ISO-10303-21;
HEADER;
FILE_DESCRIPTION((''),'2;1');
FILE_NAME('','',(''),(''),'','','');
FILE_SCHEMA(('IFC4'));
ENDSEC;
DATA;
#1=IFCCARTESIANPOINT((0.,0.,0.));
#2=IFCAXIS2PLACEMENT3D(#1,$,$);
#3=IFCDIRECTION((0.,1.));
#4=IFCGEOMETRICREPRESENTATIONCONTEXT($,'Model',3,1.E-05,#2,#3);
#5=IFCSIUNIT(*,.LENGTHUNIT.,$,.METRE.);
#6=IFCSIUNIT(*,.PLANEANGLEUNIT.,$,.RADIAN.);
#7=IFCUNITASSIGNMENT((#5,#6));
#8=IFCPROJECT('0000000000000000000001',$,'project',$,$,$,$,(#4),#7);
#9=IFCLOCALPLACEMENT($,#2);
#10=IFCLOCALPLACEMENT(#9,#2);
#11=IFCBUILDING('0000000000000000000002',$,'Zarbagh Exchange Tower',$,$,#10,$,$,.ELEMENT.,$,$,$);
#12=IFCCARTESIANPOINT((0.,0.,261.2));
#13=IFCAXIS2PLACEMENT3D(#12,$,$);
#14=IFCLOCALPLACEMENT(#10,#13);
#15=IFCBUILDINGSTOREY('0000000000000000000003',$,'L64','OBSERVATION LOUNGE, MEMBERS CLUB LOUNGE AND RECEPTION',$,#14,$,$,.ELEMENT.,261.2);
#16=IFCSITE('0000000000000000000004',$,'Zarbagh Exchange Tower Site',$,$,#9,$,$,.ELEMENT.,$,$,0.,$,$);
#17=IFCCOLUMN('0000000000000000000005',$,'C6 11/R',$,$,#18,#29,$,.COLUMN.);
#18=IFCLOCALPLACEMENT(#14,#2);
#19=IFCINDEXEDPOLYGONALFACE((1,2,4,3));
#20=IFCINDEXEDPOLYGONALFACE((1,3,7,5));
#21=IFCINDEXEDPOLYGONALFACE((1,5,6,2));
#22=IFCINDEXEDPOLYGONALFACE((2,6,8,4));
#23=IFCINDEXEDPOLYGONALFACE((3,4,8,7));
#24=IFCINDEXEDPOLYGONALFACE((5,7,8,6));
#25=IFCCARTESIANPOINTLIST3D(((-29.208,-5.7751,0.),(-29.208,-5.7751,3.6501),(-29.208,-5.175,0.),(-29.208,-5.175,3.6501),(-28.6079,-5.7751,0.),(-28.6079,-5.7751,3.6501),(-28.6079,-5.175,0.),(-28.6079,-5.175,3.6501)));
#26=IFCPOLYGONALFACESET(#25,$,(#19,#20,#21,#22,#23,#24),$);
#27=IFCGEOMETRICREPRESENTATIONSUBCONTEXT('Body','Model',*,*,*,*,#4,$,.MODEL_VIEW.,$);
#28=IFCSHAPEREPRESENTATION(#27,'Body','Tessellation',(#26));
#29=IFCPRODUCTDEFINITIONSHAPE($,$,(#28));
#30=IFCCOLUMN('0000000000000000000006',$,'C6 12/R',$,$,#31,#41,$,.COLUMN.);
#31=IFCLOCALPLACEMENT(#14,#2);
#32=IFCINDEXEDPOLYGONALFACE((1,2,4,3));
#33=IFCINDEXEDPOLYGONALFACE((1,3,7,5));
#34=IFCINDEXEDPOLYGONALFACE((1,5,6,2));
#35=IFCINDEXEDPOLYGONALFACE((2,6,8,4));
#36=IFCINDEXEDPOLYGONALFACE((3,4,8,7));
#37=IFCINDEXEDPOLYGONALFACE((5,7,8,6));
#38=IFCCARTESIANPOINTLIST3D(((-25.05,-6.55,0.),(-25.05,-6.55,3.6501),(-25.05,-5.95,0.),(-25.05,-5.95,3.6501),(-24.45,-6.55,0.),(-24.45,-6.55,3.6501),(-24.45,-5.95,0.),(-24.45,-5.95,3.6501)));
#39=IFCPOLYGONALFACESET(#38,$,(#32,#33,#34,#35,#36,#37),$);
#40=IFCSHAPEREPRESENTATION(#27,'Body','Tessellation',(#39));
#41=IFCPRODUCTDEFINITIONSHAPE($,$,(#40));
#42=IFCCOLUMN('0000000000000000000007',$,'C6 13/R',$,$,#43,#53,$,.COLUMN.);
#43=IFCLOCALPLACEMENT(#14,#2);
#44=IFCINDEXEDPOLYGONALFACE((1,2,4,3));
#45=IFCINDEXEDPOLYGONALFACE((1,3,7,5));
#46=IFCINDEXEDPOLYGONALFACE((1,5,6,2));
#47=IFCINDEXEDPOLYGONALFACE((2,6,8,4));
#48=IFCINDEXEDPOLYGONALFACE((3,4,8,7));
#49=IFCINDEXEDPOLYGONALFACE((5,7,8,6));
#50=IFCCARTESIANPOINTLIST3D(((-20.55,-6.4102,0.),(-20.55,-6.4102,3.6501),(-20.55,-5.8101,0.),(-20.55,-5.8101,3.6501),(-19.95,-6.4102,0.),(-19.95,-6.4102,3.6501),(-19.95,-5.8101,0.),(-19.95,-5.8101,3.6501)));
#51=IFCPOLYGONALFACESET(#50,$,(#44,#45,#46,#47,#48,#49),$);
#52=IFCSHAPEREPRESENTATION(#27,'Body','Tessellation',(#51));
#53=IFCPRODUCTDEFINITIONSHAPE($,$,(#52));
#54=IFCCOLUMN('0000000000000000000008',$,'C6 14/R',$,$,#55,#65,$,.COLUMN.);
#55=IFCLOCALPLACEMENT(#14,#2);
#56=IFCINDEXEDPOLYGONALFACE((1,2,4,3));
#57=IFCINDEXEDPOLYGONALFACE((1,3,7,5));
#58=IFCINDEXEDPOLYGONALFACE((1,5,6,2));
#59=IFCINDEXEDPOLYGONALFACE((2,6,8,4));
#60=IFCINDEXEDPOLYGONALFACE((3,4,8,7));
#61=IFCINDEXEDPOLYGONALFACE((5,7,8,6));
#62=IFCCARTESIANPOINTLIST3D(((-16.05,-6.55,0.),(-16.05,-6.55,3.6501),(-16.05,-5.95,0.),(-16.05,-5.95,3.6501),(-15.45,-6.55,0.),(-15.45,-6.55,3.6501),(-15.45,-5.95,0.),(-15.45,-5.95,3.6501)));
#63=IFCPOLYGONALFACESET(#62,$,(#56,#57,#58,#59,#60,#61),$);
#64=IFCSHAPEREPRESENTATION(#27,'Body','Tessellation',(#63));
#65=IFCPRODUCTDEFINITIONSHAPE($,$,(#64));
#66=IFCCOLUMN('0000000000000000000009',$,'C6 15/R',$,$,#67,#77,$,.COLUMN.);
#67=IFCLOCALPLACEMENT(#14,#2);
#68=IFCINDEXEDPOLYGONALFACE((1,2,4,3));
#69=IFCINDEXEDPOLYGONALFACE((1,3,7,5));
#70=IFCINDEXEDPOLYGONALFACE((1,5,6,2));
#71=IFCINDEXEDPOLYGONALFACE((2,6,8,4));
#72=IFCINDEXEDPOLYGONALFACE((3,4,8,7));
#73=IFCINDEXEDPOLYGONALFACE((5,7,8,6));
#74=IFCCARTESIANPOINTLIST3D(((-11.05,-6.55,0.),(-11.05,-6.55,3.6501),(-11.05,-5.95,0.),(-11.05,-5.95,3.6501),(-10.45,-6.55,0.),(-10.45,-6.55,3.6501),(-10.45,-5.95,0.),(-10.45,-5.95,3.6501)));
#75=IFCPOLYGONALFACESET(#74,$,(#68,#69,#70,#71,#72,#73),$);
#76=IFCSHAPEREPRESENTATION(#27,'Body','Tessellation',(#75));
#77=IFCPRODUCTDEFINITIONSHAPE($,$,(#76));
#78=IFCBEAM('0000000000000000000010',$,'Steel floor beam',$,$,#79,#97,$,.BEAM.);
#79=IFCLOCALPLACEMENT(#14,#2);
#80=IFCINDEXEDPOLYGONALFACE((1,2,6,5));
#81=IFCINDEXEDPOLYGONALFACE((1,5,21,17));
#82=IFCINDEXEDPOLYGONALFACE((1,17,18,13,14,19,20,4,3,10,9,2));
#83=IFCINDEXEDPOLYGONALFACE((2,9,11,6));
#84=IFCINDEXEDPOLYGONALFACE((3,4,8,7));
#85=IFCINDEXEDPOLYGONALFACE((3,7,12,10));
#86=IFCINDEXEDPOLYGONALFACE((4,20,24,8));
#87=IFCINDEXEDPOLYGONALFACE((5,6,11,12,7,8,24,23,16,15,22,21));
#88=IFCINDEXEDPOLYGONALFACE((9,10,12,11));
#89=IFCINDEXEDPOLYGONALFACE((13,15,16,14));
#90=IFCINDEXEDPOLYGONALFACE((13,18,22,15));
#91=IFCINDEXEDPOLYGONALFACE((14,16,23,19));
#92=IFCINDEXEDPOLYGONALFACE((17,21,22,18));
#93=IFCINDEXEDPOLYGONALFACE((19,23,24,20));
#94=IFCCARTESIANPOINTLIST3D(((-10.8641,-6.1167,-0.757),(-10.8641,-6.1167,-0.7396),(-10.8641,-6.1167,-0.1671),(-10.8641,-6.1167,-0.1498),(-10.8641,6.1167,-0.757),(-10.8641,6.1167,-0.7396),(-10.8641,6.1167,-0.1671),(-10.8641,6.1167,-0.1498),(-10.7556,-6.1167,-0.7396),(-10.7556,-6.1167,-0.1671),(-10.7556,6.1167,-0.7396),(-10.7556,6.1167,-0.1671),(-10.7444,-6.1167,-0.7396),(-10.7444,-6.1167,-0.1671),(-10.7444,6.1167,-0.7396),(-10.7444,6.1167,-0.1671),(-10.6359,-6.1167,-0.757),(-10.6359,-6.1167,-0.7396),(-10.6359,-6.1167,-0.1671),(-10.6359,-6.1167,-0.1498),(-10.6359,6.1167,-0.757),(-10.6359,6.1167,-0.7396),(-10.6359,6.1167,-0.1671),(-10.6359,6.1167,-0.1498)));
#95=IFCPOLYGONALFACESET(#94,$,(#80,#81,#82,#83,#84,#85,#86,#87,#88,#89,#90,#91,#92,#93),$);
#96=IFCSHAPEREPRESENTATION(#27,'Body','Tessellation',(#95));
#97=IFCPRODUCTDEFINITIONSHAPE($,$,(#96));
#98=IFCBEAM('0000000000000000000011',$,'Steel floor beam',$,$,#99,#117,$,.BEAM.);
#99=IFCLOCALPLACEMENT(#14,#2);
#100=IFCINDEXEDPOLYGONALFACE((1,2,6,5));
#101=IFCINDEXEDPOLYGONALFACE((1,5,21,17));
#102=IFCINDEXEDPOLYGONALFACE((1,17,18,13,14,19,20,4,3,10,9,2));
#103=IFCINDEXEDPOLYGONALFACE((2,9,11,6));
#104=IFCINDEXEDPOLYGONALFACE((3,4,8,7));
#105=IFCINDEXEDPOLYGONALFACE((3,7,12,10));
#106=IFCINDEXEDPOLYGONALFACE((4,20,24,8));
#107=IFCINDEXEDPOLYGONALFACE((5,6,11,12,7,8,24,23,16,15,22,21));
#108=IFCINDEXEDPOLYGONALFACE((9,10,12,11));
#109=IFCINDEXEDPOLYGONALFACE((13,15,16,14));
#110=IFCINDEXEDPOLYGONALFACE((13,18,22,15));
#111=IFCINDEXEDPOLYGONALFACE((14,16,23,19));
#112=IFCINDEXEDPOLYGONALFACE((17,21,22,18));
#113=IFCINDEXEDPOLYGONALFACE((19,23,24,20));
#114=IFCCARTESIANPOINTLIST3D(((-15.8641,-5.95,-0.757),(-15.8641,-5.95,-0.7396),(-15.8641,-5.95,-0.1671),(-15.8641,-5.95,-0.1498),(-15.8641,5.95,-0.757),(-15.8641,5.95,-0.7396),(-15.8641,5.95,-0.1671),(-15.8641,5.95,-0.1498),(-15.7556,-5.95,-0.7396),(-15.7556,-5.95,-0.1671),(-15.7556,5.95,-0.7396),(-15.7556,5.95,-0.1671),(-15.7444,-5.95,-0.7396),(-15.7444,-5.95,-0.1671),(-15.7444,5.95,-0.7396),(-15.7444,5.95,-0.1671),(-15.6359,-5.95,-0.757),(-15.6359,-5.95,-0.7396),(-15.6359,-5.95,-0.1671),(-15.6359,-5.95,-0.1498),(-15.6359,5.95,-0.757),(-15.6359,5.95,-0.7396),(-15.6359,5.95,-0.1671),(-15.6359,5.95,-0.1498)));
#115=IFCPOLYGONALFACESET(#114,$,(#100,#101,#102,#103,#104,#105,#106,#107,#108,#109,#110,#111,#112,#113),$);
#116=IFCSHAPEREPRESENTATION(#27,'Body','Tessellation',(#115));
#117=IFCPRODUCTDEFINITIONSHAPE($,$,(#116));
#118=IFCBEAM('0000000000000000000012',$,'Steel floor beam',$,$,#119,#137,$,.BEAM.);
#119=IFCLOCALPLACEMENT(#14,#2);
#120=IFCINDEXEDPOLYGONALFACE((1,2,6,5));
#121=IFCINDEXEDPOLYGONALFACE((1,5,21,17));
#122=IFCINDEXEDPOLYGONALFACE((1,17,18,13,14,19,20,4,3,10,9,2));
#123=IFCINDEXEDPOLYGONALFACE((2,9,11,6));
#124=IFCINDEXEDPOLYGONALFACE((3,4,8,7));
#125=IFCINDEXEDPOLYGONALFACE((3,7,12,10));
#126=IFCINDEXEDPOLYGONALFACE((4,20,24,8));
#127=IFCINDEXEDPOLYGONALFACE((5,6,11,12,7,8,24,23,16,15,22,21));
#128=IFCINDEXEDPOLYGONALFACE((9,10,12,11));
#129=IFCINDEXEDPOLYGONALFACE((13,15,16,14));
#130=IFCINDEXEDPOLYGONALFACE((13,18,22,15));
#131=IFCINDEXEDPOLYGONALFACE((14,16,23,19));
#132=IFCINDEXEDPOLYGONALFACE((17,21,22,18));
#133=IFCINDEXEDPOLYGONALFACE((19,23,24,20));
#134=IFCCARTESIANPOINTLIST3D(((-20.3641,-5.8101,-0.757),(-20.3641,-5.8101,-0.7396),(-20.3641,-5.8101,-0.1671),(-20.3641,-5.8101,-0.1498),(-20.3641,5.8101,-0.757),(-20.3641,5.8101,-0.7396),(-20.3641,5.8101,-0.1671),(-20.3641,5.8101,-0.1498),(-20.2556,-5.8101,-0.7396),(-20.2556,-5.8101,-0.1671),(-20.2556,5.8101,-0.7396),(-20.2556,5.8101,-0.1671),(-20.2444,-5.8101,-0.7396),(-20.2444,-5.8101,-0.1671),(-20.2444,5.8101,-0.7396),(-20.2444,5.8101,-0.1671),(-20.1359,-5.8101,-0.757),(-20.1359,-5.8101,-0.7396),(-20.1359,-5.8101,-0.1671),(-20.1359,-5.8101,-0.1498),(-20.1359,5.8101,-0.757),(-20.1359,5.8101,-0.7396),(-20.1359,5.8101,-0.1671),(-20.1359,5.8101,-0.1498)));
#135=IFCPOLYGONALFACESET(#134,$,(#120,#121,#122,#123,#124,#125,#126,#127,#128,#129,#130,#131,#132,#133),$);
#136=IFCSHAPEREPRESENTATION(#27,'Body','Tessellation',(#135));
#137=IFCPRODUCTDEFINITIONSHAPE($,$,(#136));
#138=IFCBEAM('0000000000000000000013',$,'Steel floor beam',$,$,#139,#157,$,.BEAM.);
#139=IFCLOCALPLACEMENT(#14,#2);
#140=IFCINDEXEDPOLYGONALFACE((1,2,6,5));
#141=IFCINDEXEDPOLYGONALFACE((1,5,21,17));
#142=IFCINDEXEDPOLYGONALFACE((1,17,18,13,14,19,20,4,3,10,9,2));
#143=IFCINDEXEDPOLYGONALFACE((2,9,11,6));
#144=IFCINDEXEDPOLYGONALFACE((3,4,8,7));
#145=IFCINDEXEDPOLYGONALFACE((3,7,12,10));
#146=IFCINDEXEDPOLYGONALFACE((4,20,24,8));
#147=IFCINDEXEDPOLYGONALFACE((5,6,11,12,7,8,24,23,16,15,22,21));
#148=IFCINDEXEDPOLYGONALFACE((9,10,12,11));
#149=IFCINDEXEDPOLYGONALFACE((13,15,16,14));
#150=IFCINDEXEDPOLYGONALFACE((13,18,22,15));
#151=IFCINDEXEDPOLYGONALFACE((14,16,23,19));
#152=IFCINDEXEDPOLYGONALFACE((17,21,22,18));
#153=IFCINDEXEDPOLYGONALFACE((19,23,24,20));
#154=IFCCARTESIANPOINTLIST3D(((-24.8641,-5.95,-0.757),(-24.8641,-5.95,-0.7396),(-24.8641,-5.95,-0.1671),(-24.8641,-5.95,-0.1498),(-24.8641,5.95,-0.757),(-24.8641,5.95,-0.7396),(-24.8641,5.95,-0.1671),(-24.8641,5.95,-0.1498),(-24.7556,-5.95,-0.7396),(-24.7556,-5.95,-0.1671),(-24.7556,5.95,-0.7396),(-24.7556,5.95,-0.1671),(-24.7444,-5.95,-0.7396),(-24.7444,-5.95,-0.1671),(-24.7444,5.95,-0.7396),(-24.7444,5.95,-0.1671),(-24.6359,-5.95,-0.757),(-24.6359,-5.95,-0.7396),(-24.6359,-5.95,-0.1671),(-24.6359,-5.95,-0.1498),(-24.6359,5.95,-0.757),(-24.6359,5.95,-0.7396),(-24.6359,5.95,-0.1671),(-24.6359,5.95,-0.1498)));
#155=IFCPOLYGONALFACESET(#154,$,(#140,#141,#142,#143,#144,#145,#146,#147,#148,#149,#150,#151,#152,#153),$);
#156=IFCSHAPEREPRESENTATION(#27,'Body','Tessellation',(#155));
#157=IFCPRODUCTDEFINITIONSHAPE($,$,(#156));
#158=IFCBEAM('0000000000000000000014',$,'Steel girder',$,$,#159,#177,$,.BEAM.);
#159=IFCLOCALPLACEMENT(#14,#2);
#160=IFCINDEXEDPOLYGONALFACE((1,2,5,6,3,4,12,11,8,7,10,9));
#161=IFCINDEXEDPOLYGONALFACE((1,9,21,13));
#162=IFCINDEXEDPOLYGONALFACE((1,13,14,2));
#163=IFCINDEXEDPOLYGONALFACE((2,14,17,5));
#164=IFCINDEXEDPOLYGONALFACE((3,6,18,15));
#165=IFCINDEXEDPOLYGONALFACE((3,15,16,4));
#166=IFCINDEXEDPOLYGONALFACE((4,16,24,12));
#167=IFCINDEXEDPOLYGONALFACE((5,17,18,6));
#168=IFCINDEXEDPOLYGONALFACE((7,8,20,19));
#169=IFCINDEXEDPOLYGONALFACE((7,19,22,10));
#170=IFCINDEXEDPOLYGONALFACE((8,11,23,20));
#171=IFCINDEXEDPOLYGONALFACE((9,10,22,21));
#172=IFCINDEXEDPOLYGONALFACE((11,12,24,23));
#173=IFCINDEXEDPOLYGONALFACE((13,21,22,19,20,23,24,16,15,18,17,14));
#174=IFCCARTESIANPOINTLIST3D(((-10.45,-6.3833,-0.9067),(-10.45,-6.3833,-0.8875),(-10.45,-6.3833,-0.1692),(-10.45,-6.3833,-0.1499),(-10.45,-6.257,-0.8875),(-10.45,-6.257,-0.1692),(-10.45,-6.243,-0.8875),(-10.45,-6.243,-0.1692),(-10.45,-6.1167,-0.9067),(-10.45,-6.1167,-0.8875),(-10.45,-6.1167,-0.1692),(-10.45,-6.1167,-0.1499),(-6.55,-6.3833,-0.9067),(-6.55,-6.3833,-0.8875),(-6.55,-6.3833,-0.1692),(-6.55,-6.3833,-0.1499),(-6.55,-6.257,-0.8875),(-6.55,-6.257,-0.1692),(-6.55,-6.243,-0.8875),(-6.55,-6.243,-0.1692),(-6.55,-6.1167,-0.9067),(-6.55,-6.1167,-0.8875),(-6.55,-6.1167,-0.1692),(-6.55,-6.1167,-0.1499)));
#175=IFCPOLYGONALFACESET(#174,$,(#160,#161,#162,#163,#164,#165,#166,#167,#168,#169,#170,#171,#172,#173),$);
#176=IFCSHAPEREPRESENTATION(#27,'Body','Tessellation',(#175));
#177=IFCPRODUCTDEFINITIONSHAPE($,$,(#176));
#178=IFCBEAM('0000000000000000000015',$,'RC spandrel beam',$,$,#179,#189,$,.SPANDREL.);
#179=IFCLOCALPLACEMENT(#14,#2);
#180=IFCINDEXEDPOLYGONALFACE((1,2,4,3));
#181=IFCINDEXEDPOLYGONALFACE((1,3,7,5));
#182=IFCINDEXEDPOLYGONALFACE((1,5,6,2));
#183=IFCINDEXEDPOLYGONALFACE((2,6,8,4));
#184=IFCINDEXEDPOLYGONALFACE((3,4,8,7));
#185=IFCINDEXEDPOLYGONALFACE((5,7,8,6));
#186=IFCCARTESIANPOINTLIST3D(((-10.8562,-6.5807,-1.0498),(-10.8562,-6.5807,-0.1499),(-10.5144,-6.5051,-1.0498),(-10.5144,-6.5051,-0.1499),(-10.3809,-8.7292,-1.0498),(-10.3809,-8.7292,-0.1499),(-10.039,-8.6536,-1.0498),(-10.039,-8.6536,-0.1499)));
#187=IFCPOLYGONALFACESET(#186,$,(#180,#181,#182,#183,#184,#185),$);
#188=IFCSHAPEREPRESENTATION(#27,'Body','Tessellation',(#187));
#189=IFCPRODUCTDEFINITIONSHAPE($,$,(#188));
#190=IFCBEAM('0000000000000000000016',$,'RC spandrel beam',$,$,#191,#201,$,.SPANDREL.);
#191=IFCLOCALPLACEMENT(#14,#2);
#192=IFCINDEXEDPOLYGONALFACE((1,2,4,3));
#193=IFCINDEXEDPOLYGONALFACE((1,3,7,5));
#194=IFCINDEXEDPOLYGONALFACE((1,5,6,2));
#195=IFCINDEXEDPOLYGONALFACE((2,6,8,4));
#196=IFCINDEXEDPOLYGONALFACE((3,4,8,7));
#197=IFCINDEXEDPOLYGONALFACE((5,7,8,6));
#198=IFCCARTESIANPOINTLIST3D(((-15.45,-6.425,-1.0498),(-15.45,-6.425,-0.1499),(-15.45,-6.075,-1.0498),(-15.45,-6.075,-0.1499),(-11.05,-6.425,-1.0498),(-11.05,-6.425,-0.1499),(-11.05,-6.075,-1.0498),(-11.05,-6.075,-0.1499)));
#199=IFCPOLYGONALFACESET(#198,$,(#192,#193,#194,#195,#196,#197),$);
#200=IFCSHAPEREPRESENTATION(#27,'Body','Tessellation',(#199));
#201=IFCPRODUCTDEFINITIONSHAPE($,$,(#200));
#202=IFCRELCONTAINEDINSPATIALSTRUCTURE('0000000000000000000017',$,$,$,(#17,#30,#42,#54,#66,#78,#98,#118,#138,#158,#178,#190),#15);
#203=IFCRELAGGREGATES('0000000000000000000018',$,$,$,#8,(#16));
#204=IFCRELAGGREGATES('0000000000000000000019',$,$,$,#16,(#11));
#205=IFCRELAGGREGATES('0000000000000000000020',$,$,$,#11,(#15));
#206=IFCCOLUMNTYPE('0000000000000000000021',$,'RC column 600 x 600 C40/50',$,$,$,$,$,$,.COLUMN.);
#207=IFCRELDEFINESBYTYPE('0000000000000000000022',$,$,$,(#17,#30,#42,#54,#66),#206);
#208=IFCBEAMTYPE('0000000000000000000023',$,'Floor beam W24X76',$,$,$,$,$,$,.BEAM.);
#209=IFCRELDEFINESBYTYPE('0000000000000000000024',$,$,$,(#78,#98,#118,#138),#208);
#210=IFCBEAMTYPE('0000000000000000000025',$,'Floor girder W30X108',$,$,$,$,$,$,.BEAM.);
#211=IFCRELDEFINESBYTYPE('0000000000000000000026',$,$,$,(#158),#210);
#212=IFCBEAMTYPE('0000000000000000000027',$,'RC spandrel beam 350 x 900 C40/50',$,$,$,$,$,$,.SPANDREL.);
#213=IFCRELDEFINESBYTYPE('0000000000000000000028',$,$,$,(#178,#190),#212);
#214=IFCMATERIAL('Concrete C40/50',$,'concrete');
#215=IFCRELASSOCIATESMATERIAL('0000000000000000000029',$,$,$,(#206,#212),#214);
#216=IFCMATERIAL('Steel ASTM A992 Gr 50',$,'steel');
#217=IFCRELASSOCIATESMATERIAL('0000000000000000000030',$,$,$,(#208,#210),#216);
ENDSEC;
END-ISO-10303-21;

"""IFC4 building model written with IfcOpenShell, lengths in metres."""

from ifc_helpers import new_model, si_unit, direction, frame, origin, origin_2d, place, context, subcontext, project, spatial, rectangle, i_section, extrude, material, material_profile, profile_set, type_object, element, save


model = new_model("IFC4")

# Units and contexts
model_context = context("Model", 3, precision=1e-05, world=origin(), true_north=direction((0.0, 1.0)))
body_context = subcontext(model_context, "Body", "Model", "MODEL_VIEW")
ifc_project = project(units=[si_unit("LENGTHUNIT", "METRE"), si_unit("PLANEANGLEUNIT", "RADIAN")], contexts=[model_context])

# Site, building, storey
site_placement = place(None, origin())
site = spatial("IfcSite", under=ifc_project, at=site_placement, Name="Zarbagh Exchange Tower Site", CompositionType="ELEMENT", RefElevation=0.0)
building_placement = place(site_placement, origin())
building = spatial("IfcBuilding", under=site, at=building_placement, Name="Zarbagh Exchange Tower", CompositionType="ELEMENT")
storey_placement = place(building_placement, frame((0.0, 0.0, 261.2)))
storey = spatial("IfcBuildingStorey", under=building, at=storey_placement, Name="L64", Description="OBSERVATION LOUNGE, MEMBERS CLUB LOUNGE AND RECEPTION", CompositionType="ELEMENT", Elevation=261.2)

# Columns
ifc_material_1 = material(Name="Concrete C40/50", Category="concrete")
ifc_material_profile_1 = material_profile(ifc_material_1, rectangle(XDim=0.6001, YDim=0.6001, at=origin_2d()), Name="RC column 600 x 600 C40/50")
ifc_profile_set_1 = profile_set([ifc_material_profile_1], Name="Concrete C40/50")
column_type = type_object("IfcColumnType", Name="RC column 600 x 600 C40/50", PredefinedType="COLUMN", material=ifc_profile_set_1)
for number, where, z_axis, x_axis, name in (
    (1, (-28.908, -5.4751, 0.0), (0.0, 0.0, 1.0), (1.0, 0.0, 0.0), "C6 11/R"),
    (2, (-24.75, -6.25, 0.0), (0.0, 0.0, 1.0), (1.0, 0.0, 0.0), "C6 12/R"),
    (3, (-20.25, -6.1101, 0.0), (0.0, 0.0, 1.0), (1.0, 0.0, 0.0), "C6 13/R"),
    (4, (-15.75, -6.25, 0.0), (0.0, 0.0, 1.0), (1.0, 0.0, 0.0), "C6 14/R"),
    (5, (-10.75, -6.25, 0.0), (0.0, 0.0, 1.0), (1.0, 0.0, 0.0), "C6 15/R"),
):
    element("IfcColumn", number, at=place(storey_placement, frame(where, z_axis=z_axis, x_axis=x_axis)), inside=storey, type_object=column_type, Name=name, PredefinedType="COLUMN", context=body_context, shape_type="SweptSolid", body=[
        extrude(rectangle(XDim=0.6001, YDim=0.6001, at=origin_2d()), origin(), (0.0, 0.0, 1.0), 3.6501),
    ])

# Beams
ifc_material_2 = material(Name="Steel ASTM A992 Gr 50", Category="steel")
ifc_material_profile_2 = material_profile(ifc_material_2, i_section(OverallWidth=0.2283, OverallDepth=0.6072, WebThickness=0.0112, FlangeThickness=0.0173, at=origin_2d()), Name="W24X76")
ifc_profile_set_2 = profile_set([ifc_material_profile_2], Name="Steel ASTM A992 Gr 50")
beam_type_1 = type_object("IfcBeamType", Name="Floor beam W24X76", PredefinedType="BEAM", material=ifc_profile_set_2)
beam_1_placement = place(storey_placement, frame((-10.75, -6.1167, -0.4534), z_axis=(0.0, 1.0, 0.0), x_axis=(-1.0, 0.0, 0.0)))
element("IfcBeam", 6, at=beam_1_placement, inside=storey, type_object=beam_type_1, Name="Steel floor beam", PredefinedType="BEAM", context=body_context, shape_type="SweptSolid", body=[
    extrude(i_section(OverallWidth=0.2283, OverallDepth=0.6072, WebThickness=0.0112, FlangeThickness=0.0173, at=origin_2d()), origin(), (0.0, 0.0, 1.0), 12.2334),
])
beam_2_placement = place(storey_placement, frame((-15.75, -5.95, -0.4534), z_axis=(0.0, 1.0, 0.0), x_axis=(-1.0, 0.0, 0.0)))
element("IfcBeam", 7, at=beam_2_placement, inside=storey, type_object=beam_type_1, Name="Steel floor beam", PredefinedType="BEAM", context=body_context, shape_type="SweptSolid", body=[
    extrude(i_section(OverallWidth=0.2283, OverallDepth=0.6072, WebThickness=0.0112, FlangeThickness=0.0173, at=origin_2d()), origin(), (0.0, 0.0, 1.0), 11.8999),
])
beam_3_placement = place(storey_placement, frame((-20.25, -5.8101, -0.4534), z_axis=(0.0, 1.0, 0.0), x_axis=(-1.0, 0.0, 0.0)))
element("IfcBeam", 8, at=beam_3_placement, inside=storey, type_object=beam_type_1, Name="Steel floor beam", PredefinedType="BEAM", context=body_context, shape_type="SweptSolid", body=[
    extrude(i_section(OverallWidth=0.2283, OverallDepth=0.6072, WebThickness=0.0112, FlangeThickness=0.0173, at=origin_2d()), origin(), (0.0, 0.0, 1.0), 11.6201),
])
beam_4_placement = place(storey_placement, frame((-24.75, -5.95, -0.4534), z_axis=(0.0, 1.0, 0.0), x_axis=(-1.0, 0.0, 0.0)))
element("IfcBeam", 9, at=beam_4_placement, inside=storey, type_object=beam_type_1, Name="Steel floor beam", PredefinedType="BEAM", context=body_context, shape_type="SweptSolid", body=[
    extrude(i_section(OverallWidth=0.2283, OverallDepth=0.6072, WebThickness=0.0112, FlangeThickness=0.0173, at=origin_2d()), origin(), (0.0, 0.0, 1.0), 11.8999),
])
ifc_material_profile_3 = material_profile(ifc_material_2, i_section(OverallWidth=0.2666, OverallDepth=0.7568, WebThickness=0.0139, FlangeThickness=0.0193, at=origin_2d()), Name="W30X108")
ifc_profile_set_3 = profile_set([ifc_material_profile_3], Name="Steel ASTM A992 Gr 50")
beam_type_2 = type_object("IfcBeamType", Name="Floor girder W30X108", PredefinedType="BEAM", material=ifc_profile_set_3)
beam_5_placement = place(storey_placement, frame((-10.45, -6.25, -0.5283), z_axis=(1.0, 0.0, 0.0), x_axis=(0.0, 1.0, 0.0)))
element("IfcBeam", 10, at=beam_5_placement, inside=storey, type_object=beam_type_2, Name="Steel girder", PredefinedType="BEAM", context=body_context, shape_type="SweptSolid", body=[
    extrude(i_section(OverallWidth=0.2666, OverallDepth=0.7568, WebThickness=0.0139, FlangeThickness=0.0193, at=origin_2d()), origin(), (0.0, 0.0, 1.0), 3.8999),
])
ifc_material_profile_4 = material_profile(ifc_material_1, rectangle(XDim=0.3501, YDim=0.8999, at=origin_2d()), Name="RC spandrel beam 350 x 900 C40/50")
ifc_profile_set_4 = profile_set([ifc_material_profile_4], Name="Concrete C40/50")
beam_type_3 = type_object("IfcBeamType", Name="RC spandrel beam 350 x 900 C40/50", PredefinedType="SPANDREL", material=ifc_profile_set_4)
beam_6_placement = place(storey_placement, frame((-10.21, -8.6914, -0.5999), z_axis=(-0.216026, 0.976388, 0.0), x_axis=(-0.976388, -0.216026, 0.0)))
element("IfcBeam", 11, at=beam_6_placement, inside=storey, type_object=beam_type_3, Name="RC spandrel beam", PredefinedType="SPANDREL", context=body_context, shape_type="SweptSolid", body=[
    extrude(rectangle(XDim=0.3501, YDim=0.8999, at=origin_2d()), origin(), (0.0, 0.0, 1.0), 2.2004),
])
beam_7_placement = place(storey_placement, frame((-11.05, -6.25, -0.5999), z_axis=(-1.0, 0.0, 0.0), x_axis=(0.0, -1.0, 0.0)))
element("IfcBeam", 12, at=beam_7_placement, inside=storey, type_object=beam_type_3, Name="RC spandrel beam", PredefinedType="SPANDREL", context=body_context, shape_type="SweptSolid", body=[
    extrude(rectangle(XDim=0.3501, YDim=0.8999, at=origin_2d()), origin(), (0.0, 0.0, 1.0), 4.3999),
])

save(model, "model.ifc")
